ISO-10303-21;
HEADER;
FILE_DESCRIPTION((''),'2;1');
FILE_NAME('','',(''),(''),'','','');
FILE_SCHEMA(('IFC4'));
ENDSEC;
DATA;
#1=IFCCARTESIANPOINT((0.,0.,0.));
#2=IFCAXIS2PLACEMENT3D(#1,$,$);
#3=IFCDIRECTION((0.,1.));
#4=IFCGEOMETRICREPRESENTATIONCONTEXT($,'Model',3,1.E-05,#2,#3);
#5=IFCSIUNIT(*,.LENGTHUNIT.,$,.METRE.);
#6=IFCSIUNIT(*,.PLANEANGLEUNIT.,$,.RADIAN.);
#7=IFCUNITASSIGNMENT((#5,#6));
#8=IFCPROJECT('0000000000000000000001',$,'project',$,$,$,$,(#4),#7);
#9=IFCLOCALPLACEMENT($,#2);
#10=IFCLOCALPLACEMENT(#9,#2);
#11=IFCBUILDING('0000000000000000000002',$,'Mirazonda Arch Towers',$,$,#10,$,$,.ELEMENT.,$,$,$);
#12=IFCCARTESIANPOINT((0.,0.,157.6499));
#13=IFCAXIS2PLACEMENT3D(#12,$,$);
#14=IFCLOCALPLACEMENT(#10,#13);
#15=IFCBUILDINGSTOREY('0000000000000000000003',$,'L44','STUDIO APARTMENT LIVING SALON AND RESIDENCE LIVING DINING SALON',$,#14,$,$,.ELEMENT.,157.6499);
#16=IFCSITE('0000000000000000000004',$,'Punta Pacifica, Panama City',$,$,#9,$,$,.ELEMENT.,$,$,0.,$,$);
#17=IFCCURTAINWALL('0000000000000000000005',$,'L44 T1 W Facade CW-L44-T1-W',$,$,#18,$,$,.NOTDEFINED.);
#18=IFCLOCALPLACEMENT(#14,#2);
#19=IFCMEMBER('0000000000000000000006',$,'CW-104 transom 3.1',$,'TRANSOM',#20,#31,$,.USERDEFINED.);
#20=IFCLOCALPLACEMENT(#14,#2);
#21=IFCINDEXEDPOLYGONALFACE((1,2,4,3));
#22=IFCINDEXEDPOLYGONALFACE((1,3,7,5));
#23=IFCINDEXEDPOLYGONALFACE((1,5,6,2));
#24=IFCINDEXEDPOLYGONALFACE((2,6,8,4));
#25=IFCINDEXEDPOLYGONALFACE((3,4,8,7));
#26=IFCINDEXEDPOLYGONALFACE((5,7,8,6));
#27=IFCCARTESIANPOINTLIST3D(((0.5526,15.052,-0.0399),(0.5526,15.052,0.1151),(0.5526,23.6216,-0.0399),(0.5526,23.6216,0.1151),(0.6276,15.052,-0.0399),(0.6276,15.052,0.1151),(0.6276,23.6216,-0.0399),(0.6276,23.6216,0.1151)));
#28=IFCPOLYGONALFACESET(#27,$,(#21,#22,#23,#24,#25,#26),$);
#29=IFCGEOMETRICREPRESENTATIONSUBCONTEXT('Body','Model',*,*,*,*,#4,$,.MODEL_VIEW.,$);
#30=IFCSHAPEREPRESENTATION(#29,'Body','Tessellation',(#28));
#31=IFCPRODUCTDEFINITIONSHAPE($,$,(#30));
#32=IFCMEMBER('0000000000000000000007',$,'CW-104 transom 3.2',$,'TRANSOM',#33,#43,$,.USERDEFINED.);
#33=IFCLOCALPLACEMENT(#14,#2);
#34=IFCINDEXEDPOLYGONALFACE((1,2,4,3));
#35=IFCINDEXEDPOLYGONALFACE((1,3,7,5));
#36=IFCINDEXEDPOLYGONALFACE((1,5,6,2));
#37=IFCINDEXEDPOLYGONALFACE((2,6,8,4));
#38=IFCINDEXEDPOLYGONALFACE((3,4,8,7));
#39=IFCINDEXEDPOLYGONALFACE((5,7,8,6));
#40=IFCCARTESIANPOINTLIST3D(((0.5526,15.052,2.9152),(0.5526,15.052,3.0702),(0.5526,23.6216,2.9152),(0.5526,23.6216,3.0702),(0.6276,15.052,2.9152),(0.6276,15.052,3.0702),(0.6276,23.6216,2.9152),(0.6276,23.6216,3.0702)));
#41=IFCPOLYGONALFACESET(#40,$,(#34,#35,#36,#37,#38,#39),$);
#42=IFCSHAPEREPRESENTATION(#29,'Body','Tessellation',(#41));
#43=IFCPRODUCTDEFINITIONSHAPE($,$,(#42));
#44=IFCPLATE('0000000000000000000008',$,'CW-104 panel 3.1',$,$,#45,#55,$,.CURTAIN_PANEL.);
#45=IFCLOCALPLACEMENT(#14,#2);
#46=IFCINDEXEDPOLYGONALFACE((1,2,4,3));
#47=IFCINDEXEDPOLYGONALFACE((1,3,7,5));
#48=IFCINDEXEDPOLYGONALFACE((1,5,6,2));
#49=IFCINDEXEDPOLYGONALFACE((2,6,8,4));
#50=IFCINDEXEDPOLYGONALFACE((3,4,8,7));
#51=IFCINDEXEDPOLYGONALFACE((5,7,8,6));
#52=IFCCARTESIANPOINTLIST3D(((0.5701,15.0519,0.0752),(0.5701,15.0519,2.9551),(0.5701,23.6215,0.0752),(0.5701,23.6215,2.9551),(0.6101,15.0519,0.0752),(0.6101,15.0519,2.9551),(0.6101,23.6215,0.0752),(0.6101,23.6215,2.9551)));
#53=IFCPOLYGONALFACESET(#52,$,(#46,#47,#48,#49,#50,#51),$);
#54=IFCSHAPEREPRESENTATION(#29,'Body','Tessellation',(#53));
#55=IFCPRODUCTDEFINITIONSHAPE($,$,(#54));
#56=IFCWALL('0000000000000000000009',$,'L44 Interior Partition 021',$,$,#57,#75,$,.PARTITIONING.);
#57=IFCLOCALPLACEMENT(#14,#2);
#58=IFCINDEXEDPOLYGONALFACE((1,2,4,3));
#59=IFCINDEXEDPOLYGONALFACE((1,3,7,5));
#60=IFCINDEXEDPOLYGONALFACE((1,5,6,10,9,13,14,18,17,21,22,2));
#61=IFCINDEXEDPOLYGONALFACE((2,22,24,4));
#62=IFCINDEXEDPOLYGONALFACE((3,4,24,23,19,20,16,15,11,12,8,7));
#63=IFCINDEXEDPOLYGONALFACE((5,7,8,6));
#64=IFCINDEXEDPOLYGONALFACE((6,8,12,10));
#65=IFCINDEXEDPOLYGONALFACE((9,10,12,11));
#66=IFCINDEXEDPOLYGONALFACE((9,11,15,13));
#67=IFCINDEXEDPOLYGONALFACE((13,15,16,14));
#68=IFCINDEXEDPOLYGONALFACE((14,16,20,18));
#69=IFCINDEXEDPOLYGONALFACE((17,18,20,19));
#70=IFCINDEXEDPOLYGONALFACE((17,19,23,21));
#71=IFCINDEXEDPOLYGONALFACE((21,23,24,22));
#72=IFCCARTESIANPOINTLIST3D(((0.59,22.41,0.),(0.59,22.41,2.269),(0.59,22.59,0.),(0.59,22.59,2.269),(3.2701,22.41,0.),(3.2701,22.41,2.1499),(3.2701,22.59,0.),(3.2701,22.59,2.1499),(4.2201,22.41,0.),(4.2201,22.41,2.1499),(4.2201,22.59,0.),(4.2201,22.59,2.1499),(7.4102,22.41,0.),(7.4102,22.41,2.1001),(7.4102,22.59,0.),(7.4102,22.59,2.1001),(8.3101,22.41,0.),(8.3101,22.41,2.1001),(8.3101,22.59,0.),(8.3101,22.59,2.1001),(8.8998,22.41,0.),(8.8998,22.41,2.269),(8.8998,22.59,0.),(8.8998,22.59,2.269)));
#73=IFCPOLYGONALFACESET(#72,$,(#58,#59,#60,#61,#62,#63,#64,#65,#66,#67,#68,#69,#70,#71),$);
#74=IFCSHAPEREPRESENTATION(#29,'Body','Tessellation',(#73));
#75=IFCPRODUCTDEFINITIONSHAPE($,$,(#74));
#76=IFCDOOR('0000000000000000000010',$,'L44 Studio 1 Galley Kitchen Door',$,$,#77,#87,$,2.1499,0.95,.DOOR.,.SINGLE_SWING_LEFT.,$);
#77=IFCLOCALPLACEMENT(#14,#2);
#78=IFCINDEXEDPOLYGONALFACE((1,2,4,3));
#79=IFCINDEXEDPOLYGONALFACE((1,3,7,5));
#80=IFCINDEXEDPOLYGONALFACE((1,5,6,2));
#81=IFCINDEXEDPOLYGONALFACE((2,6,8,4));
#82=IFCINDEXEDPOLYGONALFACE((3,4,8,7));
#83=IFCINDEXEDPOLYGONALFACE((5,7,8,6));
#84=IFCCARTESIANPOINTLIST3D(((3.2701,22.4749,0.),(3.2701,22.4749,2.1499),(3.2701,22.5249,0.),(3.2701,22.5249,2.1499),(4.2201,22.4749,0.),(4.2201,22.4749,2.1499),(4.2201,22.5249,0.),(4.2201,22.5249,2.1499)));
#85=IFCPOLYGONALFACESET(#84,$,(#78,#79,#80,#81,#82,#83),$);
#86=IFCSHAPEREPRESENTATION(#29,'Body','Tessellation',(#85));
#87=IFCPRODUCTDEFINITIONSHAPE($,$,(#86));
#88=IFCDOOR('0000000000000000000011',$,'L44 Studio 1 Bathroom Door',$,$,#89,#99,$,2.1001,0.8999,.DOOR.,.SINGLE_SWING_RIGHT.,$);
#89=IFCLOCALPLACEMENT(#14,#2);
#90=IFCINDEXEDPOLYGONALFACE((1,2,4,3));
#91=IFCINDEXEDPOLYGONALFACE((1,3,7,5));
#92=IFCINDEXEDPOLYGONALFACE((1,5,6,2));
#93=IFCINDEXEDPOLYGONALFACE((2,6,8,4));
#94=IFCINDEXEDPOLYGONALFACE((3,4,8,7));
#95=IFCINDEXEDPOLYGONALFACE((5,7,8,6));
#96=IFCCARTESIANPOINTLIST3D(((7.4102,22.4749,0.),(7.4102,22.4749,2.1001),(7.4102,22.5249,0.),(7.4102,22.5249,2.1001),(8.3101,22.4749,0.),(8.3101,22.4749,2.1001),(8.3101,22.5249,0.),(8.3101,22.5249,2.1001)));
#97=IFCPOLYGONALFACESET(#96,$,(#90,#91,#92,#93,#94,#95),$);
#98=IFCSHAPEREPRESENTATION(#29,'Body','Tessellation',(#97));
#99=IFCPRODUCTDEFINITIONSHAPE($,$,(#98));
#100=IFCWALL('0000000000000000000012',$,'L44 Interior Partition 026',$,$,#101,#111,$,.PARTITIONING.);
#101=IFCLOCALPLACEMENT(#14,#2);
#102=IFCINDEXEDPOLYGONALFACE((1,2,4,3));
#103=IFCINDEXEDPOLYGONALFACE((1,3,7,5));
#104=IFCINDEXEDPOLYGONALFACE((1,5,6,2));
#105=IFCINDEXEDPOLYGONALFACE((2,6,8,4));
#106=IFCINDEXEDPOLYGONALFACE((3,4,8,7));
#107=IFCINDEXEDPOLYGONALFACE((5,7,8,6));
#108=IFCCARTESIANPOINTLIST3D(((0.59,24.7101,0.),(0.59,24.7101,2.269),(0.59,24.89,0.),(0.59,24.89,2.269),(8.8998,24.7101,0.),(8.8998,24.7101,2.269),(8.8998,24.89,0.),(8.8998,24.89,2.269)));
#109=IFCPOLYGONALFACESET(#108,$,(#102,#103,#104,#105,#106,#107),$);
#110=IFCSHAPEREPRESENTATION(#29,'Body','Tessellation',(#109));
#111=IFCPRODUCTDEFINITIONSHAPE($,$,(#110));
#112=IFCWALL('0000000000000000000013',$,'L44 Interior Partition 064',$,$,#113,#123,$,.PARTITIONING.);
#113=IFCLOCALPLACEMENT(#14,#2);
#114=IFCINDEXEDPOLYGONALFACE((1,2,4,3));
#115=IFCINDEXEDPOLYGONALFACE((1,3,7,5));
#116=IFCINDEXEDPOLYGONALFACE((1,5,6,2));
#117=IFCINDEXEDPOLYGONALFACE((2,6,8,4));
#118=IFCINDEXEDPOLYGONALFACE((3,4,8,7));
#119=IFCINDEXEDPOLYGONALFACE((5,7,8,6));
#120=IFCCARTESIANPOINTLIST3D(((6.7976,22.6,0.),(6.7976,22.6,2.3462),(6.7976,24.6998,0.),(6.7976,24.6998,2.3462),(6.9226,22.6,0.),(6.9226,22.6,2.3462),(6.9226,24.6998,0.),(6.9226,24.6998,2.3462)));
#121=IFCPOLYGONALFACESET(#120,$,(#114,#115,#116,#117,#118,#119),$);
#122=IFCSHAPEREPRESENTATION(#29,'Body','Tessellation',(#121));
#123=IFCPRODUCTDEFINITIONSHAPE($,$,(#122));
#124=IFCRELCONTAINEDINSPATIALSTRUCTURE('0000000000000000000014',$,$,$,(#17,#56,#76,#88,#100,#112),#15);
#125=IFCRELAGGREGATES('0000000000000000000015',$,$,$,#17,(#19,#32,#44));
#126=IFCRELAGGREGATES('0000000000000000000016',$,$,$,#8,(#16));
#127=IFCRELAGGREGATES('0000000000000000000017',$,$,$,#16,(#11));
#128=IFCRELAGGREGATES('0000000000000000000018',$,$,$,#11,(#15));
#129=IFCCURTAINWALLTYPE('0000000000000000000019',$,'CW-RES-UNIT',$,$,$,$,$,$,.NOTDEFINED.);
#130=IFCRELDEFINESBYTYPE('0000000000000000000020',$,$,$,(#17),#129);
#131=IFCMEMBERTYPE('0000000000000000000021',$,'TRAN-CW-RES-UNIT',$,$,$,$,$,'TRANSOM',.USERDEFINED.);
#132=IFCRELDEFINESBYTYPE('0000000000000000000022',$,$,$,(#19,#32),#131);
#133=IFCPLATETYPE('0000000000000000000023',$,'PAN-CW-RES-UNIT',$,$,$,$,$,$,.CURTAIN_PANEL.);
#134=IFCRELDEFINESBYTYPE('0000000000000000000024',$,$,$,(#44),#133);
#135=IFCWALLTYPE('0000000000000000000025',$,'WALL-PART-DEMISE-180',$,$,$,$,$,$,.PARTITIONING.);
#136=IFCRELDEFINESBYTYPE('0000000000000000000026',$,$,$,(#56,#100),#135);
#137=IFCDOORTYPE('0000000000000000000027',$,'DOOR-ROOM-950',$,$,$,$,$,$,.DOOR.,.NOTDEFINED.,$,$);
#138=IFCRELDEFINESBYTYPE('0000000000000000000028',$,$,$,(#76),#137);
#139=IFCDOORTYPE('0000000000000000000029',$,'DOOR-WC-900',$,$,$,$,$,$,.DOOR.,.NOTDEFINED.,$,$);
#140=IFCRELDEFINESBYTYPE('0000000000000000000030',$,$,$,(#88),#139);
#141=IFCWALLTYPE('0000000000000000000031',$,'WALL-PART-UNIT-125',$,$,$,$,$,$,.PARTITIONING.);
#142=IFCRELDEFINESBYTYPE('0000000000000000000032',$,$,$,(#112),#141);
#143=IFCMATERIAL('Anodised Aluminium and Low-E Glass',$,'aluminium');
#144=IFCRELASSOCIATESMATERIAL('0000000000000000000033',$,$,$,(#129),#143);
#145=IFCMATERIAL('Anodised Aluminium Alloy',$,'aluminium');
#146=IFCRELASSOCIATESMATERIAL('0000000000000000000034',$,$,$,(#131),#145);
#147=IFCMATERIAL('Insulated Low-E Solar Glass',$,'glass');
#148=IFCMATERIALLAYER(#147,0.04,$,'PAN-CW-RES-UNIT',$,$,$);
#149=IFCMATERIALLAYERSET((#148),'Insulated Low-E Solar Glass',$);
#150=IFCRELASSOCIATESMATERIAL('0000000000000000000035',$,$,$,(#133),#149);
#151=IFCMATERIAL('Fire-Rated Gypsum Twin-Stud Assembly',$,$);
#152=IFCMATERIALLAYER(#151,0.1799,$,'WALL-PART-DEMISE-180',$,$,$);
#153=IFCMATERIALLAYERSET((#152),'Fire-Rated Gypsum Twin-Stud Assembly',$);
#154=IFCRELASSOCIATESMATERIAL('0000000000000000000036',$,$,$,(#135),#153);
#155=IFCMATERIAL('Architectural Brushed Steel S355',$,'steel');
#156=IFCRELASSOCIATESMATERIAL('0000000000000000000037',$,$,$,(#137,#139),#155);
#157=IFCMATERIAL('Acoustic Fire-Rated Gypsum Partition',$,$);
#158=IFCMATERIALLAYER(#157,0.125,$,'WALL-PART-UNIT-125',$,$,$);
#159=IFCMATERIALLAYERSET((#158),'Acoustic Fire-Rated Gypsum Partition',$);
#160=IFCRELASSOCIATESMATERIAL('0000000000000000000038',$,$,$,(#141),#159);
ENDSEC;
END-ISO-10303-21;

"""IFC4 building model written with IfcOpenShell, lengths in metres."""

from ifc_helpers import new_model, si_unit, direction, frame, frame_2d, origin, origin_2d, place, context, subcontext, project, spatial, rectangle, extrude, material, layer, layer_set, material_profile, profile_set, type_object, element, fill, aggregate, save


model = new_model("IFC4")

# Units and contexts
model_context = context("Model", 3, precision=1e-05, world=origin(), true_north=direction((0.0, 1.0)))
body_context = subcontext(model_context, "Body", "Model", "MODEL_VIEW")
ifc_project = project(units=[si_unit("LENGTHUNIT", "METRE"), si_unit("PLANEANGLEUNIT", "RADIAN")], contexts=[model_context])

# Site, building, storey
site_placement = place(None, origin())
site = spatial("IfcSite", under=ifc_project, at=site_placement, Name="Punta Pacifica, Panama City", CompositionType="ELEMENT", RefElevation=0.0)
building_placement = place(site_placement, origin())
building = spatial("IfcBuilding", under=site, at=building_placement, Name="Mirazonda Arch Towers", CompositionType="ELEMENT")
storey_placement = place(building_placement, frame((0.0, 0.0, 157.6499)))
storey = spatial("IfcBuildingStorey", under=building, at=storey_placement, Name="L44", Description="STUDIO APARTMENT LIVING SALON AND RESIDENCE LIVING DINING SALON", CompositionType="ELEMENT", Elevation=157.6499)

# Curtain wall, members, plate
ifc_material_1 = material(Name="Anodised Aluminium and Low-E Glass", Category="aluminium")
curtain_wall_type = type_object("IfcCurtainWallType", Name="CW-RES-UNIT", PredefinedType="NOTDEFINED", material=ifc_material_1)
curtain_wall_placement = place(storey_placement, origin())
curtain_wall = element("IfcCurtainWall", 1, at=curtain_wall_placement, inside=storey, type_object=curtain_wall_type, Name="L44 T1 W Facade CW-L44-T1-W", PredefinedType="NOTDEFINED")
ifc_material_2 = material(Name="Anodised Aluminium Alloy", Category="aluminium")
ifc_material_profile_1 = material_profile(ifc_material_2, rectangle(XDim=0.075, YDim=0.155, at=origin_2d()), Name="ALU-TRAN-75x155")
ifc_profile_set_1 = profile_set([ifc_material_profile_1], Name="Anodised Aluminium Alloy")
member_type_1 = type_object("IfcMemberType", Name="TRAN-CW-RES-UNIT", ElementType="TRANSOM", PredefinedType="USERDEFINED", material=ifc_profile_set_1)
member_1_placement = place(storey_placement, frame((0.5901, 23.6216, 0.0376), z_axis=(0.0, -1.0, 0.0), x_axis=(1.0, 0.0, 0.0)))
member_1 = element("IfcMember", 2, at=member_1_placement, type_object=member_type_1, Name="CW-104 transom 3.1", ObjectType="TRANSOM", PredefinedType="USERDEFINED", context=body_context, shape_type="SweptSolid", body=[
    extrude(rectangle(XDim=0.075, YDim=0.155, at=origin_2d()), origin(), (0.0, 0.0, 1.0), 8.5696),
])
member_2_placement = place(storey_placement, frame((0.5901, 23.6216, 2.9927), z_axis=(0.0, -1.0, 0.0), x_axis=(1.0, 0.0, 0.0)))
member_2 = element("IfcMember", 3, at=member_2_placement, type_object=member_type_1, Name="CW-104 transom 3.2", ObjectType="TRANSOM", PredefinedType="USERDEFINED", context=body_context, shape_type="SweptSolid", body=[
    extrude(rectangle(XDim=0.075, YDim=0.155, at=origin_2d()), origin(), (0.0, 0.0, 1.0), 8.5696),
])
ifc_material_3 = material(Name="Insulated Low-E Solar Glass", Category="glass")
ifc_layer_1 = layer(ifc_material_3, 0.04, Name="PAN-CW-RES-UNIT")
ifc_layer_set_1 = layer_set([ifc_layer_1], Name="Insulated Low-E Solar Glass")
plate_type = type_object("IfcPlateType", Name="PAN-CW-RES-UNIT", PredefinedType="CURTAIN_PANEL", material=ifc_layer_set_1)
plate_placement = place(storey_placement, frame((0.5901, 19.3367, 0.0752), z_axis=(0.0, 0.0, 1.0), x_axis=(0.0, -1.0, 0.0)))
plate = element("IfcPlate", 4, at=plate_placement, type_object=plate_type, Name="CW-104 panel 3.1", PredefinedType="CURTAIN_PANEL", context=body_context, shape_type="SweptSolid", body=[
    extrude(rectangle(XDim=8.5696, YDim=0.04, at=origin_2d()), origin(), (0.0, 0.0, 1.0), 2.8799),
])
aggregate(curtain_wall, [member_1, member_2, plate])

# Wall, openings, doors
ifc_material_4 = material(Name="Fire-Rated Gypsum Twin-Stud Assembly")
ifc_layer_2 = layer(ifc_material_4, 0.1799, Name="WALL-PART-DEMISE-180")
ifc_layer_set_2 = layer_set([ifc_layer_2], Name="Fire-Rated Gypsum Twin-Stud Assembly")
wall_type_1 = type_object("IfcWallType", Name="WALL-PART-DEMISE-180", PredefinedType="PARTITIONING", material=ifc_layer_set_2)
wall_1_placement = place(storey_placement, frame((0.5901, 22.5, 0.0), z_axis=(0.0, 0.0, 1.0), x_axis=(1.0, 0.0, 0.0)))
wall_1 = element("IfcWall", 5, at=wall_1_placement, inside=storey, type_object=wall_type_1, Name="L44 Interior Partition 021", PredefinedType="PARTITIONING", context=body_context, shape_type="SweptSolid", body=[
    extrude(rectangle(XDim=8.3098, YDim=0.1799, at=frame_2d((4.1548, 0.0))), origin(), (0.0, 0.0, 1.0), 2.269),
])
opening_1_placement = place(wall_1_placement, frame((2.6799, 0.0, 0.0)))
opening_1 = element("IfcOpeningElement", 6, at=opening_1_placement, cuts=wall_1, PredefinedType="OPENING", context=body_context, shape_type="SweptSolid", body=[
    extrude(rectangle(XDim=0.95, YDim=2.1499, at=frame_2d((0.4751, 1.075))), frame((0.0, 0.0999, 0.0), z_axis=(0.0, -1.0, 0.0), x_axis=(1.0, 0.0, 0.0)), (0.0, 0.0, 1.0), 0.2),
])
opening_2_placement = place(wall_1_placement, frame((6.8201, 0.0, 0.0)))
opening_2 = element("IfcOpeningElement", 7, at=opening_2_placement, cuts=wall_1, PredefinedType="OPENING", context=body_context, shape_type="SweptSolid", body=[
    extrude(rectangle(XDim=0.8999, YDim=2.1001, at=frame_2d((0.45, 1.05))), frame((0.0, 0.0999, 0.0), z_axis=(0.0, -1.0, 0.0), x_axis=(1.0, 0.0, 0.0)), (0.0, 0.0, 1.0), 0.2),
])
ifc_material_5 = material(Name="Architectural Brushed Steel S355", Category="steel")
door_type_1 = type_object("IfcDoorType", Name="DOOR-ROOM-950", OperationType="NOTDEFINED", PredefinedType="DOOR", material=ifc_material_5)
door_1_placement = place(opening_1_placement, origin())
door_1 = element("IfcDoor", 8, at=door_1_placement, inside=storey, type_object=door_type_1, Name="L44 Studio 1 Galley Kitchen Door", OperationType="SINGLE_SWING_LEFT", OverallHeight=2.1499, OverallWidth=0.95, PredefinedType="DOOR", context=body_context, shape_type="SweptSolid", body=[
    extrude(rectangle(XDim=0.95, YDim=2.1499, at=frame_2d((0.4751, 1.075))), frame((0.0, 0.0249, 0.0), z_axis=(0.0, -1.0, 0.0), x_axis=(1.0, 0.0, 0.0)), (0.0, 0.0, 1.0), 0.05),
])
fill(opening_1, door_1)
door_type_2 = type_object("IfcDoorType", Name="DOOR-WC-900", OperationType="NOTDEFINED", PredefinedType="DOOR", material=ifc_material_5)
door_2_placement = place(opening_2_placement, origin())
door_2 = element("IfcDoor", 9, at=door_2_placement, inside=storey, type_object=door_type_2, Name="L44 Studio 1 Bathroom Door", OperationType="SINGLE_SWING_RIGHT", OverallHeight=2.1001, OverallWidth=0.8999, PredefinedType="DOOR", context=body_context, shape_type="SweptSolid", body=[
    extrude(rectangle(XDim=0.8999, YDim=2.1001, at=frame_2d((0.45, 1.05))), frame((0.0, 0.0249, 0.0), z_axis=(0.0, -1.0, 0.0), x_axis=(1.0, 0.0, 0.0)), (0.0, 0.0, 1.0), 0.05),
])
fill(opening_2, door_2)

# Walls
wall_2_placement = place(storey_placement, frame((0.5901, 24.8, 0.0), z_axis=(0.0, 0.0, 1.0), x_axis=(1.0, 0.0, 0.0)))
element("IfcWall", 10, at=wall_2_placement, inside=storey, type_object=wall_type_1, Name="L44 Interior Partition 026", PredefinedType="PARTITIONING", context=body_context, shape_type="SweptSolid", body=[
    extrude(rectangle(XDim=8.3098, YDim=0.1799, at=frame_2d((4.1548, 0.0))), origin(), (0.0, 0.0, 1.0), 2.269),
])
ifc_material_6 = material(Name="Acoustic Fire-Rated Gypsum Partition")
ifc_layer_3 = layer(ifc_material_6, 0.125, Name="WALL-PART-UNIT-125")
ifc_layer_set_3 = layer_set([ifc_layer_3], Name="Acoustic Fire-Rated Gypsum Partition")
wall_type_2 = type_object("IfcWallType", Name="WALL-PART-UNIT-125", PredefinedType="PARTITIONING", material=ifc_layer_set_3)
wall_3_placement = place(storey_placement, frame((6.8601, 22.6001, 0.0), z_axis=(0.0, 0.0, 1.0), x_axis=(0.0, 1.0, 0.0)))
element("IfcWall", 11, at=wall_3_placement, inside=storey, type_object=wall_type_2, Name="L44 Interior Partition 064", PredefinedType="PARTITIONING", context=body_context, shape_type="SweptSolid", body=[
    extrude(rectangle(XDim=2.0999, YDim=0.125, at=frame_2d((1.0498, 0.0))), origin(), (0.0, 0.0, 1.0), 2.3462),
])

save(model, "model.ifc")
